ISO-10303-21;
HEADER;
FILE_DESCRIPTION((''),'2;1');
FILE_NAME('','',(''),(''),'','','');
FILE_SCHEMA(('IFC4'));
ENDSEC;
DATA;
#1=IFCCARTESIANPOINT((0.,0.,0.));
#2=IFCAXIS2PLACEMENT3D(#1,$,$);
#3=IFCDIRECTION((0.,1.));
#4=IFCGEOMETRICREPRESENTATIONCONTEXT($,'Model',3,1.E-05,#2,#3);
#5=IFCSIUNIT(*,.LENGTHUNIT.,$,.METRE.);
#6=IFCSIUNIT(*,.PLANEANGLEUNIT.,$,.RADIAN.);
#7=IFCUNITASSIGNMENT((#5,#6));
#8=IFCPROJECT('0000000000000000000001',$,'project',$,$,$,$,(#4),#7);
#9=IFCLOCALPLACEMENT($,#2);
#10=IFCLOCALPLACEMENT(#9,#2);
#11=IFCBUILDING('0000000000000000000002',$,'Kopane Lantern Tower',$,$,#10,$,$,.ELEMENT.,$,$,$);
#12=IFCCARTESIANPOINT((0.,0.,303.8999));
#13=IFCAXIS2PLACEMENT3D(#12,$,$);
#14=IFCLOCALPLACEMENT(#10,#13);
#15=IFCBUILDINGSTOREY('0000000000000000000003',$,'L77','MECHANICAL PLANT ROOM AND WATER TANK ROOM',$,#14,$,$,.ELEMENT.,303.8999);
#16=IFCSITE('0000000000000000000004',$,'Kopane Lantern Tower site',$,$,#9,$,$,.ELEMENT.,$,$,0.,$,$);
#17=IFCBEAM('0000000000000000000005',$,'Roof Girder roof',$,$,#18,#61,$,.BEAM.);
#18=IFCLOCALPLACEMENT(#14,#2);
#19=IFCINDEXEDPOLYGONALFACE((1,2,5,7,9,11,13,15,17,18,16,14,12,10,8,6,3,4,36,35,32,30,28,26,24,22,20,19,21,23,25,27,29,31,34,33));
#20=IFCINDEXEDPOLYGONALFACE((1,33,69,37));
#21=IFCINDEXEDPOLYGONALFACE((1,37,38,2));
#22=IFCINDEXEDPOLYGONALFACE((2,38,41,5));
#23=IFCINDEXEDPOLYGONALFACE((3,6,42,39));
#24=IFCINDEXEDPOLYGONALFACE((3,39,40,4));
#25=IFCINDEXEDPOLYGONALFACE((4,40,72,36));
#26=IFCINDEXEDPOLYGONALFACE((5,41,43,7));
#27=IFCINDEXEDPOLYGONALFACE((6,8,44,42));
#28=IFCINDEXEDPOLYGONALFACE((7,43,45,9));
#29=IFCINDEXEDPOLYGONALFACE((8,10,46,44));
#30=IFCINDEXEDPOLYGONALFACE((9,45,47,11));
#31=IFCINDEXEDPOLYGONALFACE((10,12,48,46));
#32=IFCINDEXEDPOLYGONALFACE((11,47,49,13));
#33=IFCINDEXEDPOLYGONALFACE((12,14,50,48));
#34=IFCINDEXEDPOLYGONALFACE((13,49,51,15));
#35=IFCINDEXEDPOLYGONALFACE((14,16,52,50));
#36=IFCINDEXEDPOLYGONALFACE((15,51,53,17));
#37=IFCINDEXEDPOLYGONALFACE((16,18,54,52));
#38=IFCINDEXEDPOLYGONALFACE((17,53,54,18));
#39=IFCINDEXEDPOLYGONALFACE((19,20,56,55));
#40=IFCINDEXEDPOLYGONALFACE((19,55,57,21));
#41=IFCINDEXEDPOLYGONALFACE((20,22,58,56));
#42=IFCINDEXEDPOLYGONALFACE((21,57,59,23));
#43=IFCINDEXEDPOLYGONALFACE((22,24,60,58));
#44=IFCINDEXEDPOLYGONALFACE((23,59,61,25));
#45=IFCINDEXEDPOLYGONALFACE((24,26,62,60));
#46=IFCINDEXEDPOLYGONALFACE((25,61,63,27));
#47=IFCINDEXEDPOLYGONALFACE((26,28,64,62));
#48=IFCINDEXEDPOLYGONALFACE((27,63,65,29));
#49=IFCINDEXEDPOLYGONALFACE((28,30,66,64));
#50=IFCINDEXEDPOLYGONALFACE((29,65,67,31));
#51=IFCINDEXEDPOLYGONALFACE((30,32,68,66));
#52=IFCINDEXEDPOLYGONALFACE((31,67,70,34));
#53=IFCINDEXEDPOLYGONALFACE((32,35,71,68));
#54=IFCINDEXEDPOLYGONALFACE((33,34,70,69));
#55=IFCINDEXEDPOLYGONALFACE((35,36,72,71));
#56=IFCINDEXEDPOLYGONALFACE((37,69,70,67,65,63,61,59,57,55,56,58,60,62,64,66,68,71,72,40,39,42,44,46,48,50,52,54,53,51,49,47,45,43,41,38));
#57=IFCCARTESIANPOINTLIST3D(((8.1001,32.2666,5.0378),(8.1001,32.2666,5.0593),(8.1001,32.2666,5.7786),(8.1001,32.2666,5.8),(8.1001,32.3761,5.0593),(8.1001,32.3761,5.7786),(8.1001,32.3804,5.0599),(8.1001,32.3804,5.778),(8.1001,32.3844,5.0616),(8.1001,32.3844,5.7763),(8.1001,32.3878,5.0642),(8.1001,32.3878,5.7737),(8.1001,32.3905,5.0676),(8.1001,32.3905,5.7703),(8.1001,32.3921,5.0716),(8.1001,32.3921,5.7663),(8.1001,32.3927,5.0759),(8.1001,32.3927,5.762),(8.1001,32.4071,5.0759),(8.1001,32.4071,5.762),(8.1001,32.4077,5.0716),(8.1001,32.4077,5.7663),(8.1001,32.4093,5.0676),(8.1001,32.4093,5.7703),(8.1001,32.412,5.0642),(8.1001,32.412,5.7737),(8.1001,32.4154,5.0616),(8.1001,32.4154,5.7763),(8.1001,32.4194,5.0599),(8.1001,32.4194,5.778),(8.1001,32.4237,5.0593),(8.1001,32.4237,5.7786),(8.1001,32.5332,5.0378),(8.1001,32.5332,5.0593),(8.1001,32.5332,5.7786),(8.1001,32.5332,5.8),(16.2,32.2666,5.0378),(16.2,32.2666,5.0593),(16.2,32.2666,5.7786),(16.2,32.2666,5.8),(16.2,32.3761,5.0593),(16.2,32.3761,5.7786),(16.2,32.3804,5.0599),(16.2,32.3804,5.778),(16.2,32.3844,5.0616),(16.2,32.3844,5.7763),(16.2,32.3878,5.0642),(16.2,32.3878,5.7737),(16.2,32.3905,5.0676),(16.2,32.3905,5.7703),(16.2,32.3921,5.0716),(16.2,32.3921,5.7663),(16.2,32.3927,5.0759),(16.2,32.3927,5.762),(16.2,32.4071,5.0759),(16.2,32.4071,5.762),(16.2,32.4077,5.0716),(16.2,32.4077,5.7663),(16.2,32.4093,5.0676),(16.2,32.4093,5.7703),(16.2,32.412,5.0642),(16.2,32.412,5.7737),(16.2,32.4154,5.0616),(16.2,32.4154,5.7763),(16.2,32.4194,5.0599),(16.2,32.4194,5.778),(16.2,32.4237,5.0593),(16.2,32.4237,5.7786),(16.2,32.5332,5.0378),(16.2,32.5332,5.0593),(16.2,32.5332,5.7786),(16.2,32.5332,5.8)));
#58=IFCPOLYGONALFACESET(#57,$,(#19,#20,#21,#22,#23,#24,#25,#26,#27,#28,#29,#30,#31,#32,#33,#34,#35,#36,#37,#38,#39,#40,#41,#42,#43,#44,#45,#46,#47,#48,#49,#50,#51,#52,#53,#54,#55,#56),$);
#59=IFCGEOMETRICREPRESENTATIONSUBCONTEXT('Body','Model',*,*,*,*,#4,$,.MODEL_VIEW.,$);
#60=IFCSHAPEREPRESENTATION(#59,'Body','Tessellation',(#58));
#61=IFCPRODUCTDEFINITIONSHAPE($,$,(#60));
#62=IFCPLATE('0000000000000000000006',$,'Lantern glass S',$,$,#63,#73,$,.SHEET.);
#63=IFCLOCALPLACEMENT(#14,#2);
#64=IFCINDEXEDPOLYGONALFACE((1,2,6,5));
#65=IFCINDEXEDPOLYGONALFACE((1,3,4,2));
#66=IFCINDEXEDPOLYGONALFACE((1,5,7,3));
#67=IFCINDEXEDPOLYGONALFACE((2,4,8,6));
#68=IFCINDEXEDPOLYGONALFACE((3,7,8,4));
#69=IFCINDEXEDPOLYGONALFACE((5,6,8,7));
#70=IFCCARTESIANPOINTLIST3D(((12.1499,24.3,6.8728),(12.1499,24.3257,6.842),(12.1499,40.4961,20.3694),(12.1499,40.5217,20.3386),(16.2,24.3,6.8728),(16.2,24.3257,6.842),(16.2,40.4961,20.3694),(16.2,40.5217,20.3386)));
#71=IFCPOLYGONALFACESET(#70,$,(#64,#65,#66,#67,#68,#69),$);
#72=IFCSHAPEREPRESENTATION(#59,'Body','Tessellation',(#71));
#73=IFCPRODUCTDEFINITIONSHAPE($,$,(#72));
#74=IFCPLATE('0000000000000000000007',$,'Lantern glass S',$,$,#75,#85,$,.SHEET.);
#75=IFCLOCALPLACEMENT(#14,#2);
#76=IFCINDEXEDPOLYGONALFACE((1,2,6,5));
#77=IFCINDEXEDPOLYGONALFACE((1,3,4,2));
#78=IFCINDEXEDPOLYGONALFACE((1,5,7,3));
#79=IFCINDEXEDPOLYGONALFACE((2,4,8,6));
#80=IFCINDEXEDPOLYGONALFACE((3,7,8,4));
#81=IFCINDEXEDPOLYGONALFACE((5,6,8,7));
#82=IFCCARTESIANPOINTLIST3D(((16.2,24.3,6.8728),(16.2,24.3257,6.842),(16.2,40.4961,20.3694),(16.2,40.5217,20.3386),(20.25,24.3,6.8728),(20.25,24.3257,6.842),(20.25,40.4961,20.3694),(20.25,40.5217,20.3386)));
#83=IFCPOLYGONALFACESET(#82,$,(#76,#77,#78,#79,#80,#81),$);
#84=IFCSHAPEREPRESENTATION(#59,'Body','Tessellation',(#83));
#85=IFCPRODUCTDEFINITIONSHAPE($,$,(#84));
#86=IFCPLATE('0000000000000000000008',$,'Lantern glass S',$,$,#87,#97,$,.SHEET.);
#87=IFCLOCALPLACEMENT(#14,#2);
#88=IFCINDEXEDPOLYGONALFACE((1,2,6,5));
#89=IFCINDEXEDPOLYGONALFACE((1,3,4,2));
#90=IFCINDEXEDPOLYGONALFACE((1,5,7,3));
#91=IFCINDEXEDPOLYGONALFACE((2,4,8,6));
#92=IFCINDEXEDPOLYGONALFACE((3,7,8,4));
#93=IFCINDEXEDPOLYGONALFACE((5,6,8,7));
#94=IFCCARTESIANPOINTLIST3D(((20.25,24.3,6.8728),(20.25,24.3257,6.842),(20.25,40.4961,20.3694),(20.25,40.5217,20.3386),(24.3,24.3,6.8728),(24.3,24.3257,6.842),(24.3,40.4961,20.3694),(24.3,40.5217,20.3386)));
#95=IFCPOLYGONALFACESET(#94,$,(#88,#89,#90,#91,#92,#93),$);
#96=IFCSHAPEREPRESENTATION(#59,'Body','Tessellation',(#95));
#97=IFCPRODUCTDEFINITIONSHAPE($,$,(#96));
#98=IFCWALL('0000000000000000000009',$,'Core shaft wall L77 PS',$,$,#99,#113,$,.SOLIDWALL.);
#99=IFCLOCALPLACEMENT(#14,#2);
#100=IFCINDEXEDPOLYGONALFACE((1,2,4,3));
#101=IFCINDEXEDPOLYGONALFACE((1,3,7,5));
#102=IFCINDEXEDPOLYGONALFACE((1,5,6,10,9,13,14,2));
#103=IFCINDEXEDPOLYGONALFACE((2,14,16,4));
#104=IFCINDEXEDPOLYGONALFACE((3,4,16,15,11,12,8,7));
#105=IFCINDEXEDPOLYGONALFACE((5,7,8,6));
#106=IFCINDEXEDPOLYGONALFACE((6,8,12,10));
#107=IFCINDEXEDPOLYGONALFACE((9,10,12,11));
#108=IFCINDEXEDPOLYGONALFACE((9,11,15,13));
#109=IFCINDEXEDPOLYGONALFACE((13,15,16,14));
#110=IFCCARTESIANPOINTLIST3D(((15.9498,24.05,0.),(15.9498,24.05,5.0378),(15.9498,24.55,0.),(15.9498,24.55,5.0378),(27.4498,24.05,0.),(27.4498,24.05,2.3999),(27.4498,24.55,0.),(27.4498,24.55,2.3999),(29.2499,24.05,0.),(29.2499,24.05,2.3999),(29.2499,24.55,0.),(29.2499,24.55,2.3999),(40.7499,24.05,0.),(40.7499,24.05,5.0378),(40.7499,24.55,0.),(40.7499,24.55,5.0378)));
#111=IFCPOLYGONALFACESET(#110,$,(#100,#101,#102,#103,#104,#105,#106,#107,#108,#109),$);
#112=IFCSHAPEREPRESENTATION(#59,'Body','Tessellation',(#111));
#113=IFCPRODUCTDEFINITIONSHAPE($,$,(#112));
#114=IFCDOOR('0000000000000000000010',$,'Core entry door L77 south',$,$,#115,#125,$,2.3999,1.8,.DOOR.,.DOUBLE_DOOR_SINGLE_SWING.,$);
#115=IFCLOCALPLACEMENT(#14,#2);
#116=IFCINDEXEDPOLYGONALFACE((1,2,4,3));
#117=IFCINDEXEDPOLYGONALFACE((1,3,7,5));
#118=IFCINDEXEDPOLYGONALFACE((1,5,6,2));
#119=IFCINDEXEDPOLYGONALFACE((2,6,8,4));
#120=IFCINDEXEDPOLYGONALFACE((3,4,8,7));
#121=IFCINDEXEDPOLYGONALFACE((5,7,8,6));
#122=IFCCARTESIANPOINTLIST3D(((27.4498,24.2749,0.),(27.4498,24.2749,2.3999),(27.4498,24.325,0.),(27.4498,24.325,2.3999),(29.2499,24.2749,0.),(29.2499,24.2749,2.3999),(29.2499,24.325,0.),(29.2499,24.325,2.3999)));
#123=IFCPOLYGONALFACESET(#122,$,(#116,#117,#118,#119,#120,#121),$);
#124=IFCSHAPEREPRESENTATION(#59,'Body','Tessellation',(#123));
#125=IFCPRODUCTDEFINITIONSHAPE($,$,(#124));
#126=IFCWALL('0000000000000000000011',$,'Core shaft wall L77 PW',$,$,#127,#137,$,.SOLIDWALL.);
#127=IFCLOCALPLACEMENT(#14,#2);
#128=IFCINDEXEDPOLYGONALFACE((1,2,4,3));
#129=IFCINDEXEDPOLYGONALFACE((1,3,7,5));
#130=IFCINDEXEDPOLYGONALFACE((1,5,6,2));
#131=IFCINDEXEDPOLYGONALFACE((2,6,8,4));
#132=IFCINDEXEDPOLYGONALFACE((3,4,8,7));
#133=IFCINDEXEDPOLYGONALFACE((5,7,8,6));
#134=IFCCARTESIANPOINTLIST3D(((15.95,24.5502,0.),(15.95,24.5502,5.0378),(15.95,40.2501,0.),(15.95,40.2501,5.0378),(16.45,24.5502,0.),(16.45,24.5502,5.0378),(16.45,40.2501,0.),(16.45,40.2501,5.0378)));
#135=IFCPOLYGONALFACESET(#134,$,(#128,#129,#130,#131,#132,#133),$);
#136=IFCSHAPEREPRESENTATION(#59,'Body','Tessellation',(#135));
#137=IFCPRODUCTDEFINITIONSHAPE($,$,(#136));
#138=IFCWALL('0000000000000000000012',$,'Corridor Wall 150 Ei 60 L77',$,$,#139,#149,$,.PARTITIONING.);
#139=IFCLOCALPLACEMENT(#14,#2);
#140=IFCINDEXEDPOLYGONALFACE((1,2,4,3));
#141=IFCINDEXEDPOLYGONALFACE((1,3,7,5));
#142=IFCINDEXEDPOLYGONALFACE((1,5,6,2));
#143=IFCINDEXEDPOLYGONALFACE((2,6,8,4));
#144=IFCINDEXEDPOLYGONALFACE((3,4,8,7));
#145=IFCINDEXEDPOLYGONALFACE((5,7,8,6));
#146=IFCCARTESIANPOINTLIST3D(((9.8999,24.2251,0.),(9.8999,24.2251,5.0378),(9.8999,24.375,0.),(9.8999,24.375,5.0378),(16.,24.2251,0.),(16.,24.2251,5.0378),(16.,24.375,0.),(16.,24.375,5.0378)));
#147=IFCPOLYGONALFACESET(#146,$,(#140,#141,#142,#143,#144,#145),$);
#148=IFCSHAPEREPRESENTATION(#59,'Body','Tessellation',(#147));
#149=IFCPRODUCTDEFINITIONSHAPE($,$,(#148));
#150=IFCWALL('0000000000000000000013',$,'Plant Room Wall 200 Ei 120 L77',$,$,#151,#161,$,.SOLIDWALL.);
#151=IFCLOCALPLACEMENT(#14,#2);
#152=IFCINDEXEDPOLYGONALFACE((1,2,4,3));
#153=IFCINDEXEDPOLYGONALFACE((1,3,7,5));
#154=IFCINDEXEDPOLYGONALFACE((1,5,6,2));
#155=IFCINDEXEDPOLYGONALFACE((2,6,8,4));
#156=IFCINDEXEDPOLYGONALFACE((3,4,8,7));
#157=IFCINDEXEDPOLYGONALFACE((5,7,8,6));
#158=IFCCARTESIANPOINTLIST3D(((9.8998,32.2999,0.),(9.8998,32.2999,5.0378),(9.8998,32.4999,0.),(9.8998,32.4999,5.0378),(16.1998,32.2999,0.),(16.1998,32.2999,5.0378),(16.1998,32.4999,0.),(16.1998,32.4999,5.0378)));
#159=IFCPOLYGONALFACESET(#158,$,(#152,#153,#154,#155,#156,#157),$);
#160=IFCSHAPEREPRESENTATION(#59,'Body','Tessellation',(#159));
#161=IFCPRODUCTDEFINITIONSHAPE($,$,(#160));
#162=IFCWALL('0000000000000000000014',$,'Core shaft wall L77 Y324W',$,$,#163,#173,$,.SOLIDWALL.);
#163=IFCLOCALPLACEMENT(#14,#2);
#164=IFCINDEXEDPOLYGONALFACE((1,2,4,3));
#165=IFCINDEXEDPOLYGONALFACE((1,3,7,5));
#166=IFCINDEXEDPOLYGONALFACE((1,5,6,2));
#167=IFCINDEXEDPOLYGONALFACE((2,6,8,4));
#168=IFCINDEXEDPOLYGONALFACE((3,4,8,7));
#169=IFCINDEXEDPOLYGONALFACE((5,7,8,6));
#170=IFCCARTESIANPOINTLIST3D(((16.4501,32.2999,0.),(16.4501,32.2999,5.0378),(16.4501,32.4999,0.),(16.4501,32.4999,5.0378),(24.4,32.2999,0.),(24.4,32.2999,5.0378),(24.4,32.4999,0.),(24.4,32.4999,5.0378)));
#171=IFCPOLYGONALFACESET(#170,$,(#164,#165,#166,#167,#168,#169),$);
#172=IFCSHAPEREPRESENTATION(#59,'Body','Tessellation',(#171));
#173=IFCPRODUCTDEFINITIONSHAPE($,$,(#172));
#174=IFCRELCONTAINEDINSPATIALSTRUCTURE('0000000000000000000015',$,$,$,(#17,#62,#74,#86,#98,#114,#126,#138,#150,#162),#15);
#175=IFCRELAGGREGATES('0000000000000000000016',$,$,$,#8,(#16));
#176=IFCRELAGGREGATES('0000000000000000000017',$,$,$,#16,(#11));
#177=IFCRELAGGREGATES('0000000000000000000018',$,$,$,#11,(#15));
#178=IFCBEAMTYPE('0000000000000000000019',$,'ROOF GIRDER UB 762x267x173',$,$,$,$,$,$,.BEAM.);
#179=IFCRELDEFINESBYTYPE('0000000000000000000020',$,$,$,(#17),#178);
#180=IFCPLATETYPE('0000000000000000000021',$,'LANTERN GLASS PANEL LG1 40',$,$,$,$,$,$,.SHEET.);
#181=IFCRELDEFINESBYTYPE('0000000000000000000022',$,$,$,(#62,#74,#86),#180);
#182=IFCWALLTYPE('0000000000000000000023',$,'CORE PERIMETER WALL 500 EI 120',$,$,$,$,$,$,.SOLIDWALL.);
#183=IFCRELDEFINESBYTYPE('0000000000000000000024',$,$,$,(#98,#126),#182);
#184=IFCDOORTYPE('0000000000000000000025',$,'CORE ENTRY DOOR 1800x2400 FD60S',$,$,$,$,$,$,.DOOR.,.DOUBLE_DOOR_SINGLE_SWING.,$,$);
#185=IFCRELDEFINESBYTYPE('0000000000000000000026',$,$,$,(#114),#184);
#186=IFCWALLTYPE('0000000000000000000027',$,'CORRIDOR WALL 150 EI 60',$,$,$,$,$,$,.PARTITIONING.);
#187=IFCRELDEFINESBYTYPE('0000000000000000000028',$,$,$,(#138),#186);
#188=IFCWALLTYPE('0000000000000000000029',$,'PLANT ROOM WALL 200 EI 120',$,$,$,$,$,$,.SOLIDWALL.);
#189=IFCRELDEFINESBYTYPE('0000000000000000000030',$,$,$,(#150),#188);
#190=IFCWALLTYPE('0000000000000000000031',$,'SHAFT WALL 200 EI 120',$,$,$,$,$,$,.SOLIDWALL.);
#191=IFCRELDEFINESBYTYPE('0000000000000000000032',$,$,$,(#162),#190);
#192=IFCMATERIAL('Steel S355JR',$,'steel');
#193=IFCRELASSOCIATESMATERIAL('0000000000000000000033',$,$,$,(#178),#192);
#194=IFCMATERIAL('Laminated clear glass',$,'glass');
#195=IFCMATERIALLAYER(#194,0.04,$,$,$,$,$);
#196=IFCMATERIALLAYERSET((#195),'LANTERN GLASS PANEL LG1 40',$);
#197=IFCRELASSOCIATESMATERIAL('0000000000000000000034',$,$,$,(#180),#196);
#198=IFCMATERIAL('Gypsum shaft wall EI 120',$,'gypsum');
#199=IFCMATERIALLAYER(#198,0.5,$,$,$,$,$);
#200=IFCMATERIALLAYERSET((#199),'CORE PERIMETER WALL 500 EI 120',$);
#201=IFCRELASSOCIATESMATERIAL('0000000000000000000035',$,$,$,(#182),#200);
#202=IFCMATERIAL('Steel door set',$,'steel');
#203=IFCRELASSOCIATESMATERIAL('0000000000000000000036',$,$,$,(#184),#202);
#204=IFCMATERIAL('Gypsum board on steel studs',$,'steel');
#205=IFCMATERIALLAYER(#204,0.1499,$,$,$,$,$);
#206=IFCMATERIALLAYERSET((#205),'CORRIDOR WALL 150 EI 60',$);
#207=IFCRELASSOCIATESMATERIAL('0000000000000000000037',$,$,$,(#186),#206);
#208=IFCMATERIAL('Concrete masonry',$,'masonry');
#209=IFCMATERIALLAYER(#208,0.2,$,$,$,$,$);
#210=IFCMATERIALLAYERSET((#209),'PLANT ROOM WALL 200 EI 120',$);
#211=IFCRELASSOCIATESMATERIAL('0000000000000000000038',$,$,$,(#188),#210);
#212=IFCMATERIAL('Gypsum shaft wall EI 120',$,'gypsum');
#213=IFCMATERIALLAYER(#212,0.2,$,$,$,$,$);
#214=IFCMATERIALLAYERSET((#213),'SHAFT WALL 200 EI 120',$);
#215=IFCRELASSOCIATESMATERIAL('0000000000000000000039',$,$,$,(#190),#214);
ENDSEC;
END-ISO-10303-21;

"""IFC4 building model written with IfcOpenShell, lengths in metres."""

from ifc_helpers import new_model, si_unit, direction, frame, frame_2d, origin, origin_2d, place, context, subcontext, project, spatial, polyline, rectangle, i_section, outline, extrude, material, layer, layer_set, material_profile, profile_set, type_object, element, fill, save


model = new_model("IFC4")

# Units and contexts
model_context = context("Model", 3, precision=1e-05, world=origin(), true_north=direction((0.0, 1.0)))
body_context = subcontext(model_context, "Body", "Model", "MODEL_VIEW")
ifc_project = project(units=[si_unit("LENGTHUNIT", "METRE"), si_unit("PLANEANGLEUNIT", "RADIAN")], contexts=[model_context])

# Site, building, storey
site_placement = place(None, origin())
site = spatial("IfcSite", under=ifc_project, at=site_placement, Name="Kopane Lantern Tower site", CompositionType="ELEMENT", RefElevation=0.0)
building_placement = place(site_placement, origin())
building = spatial("IfcBuilding", under=site, at=building_placement, Name="Kopane Lantern Tower", CompositionType="ELEMENT")
storey_placement = place(building_placement, frame((0.0, 0.0, 303.8999)))
storey = spatial("IfcBuildingStorey", under=building, at=storey_placement, Name="L77", Description="MECHANICAL PLANT ROOM AND WATER TANK ROOM", CompositionType="ELEMENT", Elevation=303.8999)

# Beam
ifc_material_1 = material(Name="Steel S355JR", Category="steel")
ifc_material_profile_1 = material_profile(ifc_material_1, i_section(OverallWidth=0.2666, OverallDepth=0.7622, WebThickness=0.0144, FlangeThickness=0.0215, FilletRadius=0.0166, at=origin_2d()), Name="UB 762x267x173")
ifc_profile_set_1 = profile_set([ifc_material_profile_1], Name="Steel S355JR")
beam_type_1 = type_object("IfcBeamType", Name="ROOF GIRDER UB 762x267x173", PredefinedType="BEAM", material=ifc_profile_set_1)
beam_1_placement = place(storey_placement, frame((8.1001, 32.3999, 5.4189), z_axis=(1.0, 0.0, 0.0), x_axis=(0.0, 1.0, 0.0)))
element("IfcBeam", 1, at=beam_1_placement, inside=storey, type_object=beam_type_1, Name="Roof Girder roof", PredefinedType="BEAM", context=body_context, shape_type="SweptSolid", body=[
    extrude(i_section(OverallWidth=0.2666, OverallDepth=0.7622, WebThickness=0.0144, FlangeThickness=0.0215, FilletRadius=0.0166, at=origin_2d()), origin(), (0.0, 0.0, 1.0), 8.0999),
])

# Plates
ifc_material_2 = material(Name="Laminated clear glass", Category="glass")
ifc_layer_1 = layer(ifc_material_2, 0.04)
ifc_layer_set_1 = layer_set([ifc_layer_1], Name="LANTERN GLASS PANEL LG1 40")
plate_type = type_object("IfcPlateType", Name="LANTERN GLASS PANEL LG1 40", PredefinedType="SHEET", material=ifc_layer_set_1)
for number, where, z_axis, x_axis, name in (
    (2, (12.1499, 24.3, 6.8728), (0.0, -0.640181, 0.768224), (1.0, 0.0, 0.0), "Lantern glass S"),
    (3, (16.2, 24.3, 6.8728), (0.0, -0.640181, 0.768224), (1.0, 0.0, 0.0), "Lantern glass S"),
    (4, (20.25, 24.3, 6.8728), (0.0, -0.640181, 0.768224), (1.0, 0.0, 0.0), "Lantern glass S"),
):
    element("IfcPlate", number, at=place(storey_placement, frame(where, z_axis=z_axis, x_axis=x_axis)), inside=storey, type_object=plate_type, Name=name, PredefinedType="SHEET", context=body_context, shape_type="SweptSolid", body=[
        extrude(outline(polyline([(0.0, 0.0), (4.05, 0.0), (4.05, 21.0824), (0.0, 21.0824), (0.0, 0.0)])), origin(), (0.0, 0.0, -1.0), 0.04),
    ])

# Wall, opening, door
ifc_material_3 = material(Name="Gypsum shaft wall EI 120", Category="gypsum")
ifc_layer_2 = layer(ifc_material_3, 0.5)
ifc_layer_set_2 = layer_set([ifc_layer_2], Name="CORE PERIMETER WALL 500 EI 120")
wall_type_1 = type_object("IfcWallType", Name="CORE PERIMETER WALL 500 EI 120", PredefinedType="SOLIDWALL", material=ifc_layer_set_2)
wall_1_placement = place(storey_placement, frame((15.95, 24.3, 0.0), z_axis=(0.0, 0.0, 1.0), x_axis=(1.0, 0.0, 0.0)))
wall_1 = element("IfcWall", 5, at=wall_1_placement, inside=storey, type_object=wall_type_1, Name="Core shaft wall L77 PS", PredefinedType="SOLIDWALL", context=body_context, shape_type="SweptSolid", body=[
    extrude(rectangle(XDim=24.8, YDim=0.5, at=frame_2d((12.3999, 0.0))), origin(), (0.0, 0.0, 1.0), 5.0378),
])
opening_placement = place(wall_1_placement, frame((11.5, 0.0, 0.0)))
opening = element("IfcOpeningElement", 6, at=opening_placement, cuts=wall_1, PredefinedType="OPENING", context=body_context, shape_type="SweptSolid", body=[
    extrude(rectangle(XDim=1.8, YDim=2.3999, at=frame_2d((0.8999, 1.2))), frame((0.0, 0.26, 0.0), z_axis=(0.0, -1.0, 0.0), x_axis=(1.0, 0.0, 0.0)), (0.0, 0.0, 1.0), 0.52),
])
ifc_material_4 = material(Name="Steel door set", Category="steel")
door_type = type_object("IfcDoorType", Name="CORE ENTRY DOOR 1800x2400 FD60S", OperationType="DOUBLE_DOOR_SINGLE_SWING", PredefinedType="DOOR", material=ifc_material_4)
door_placement = place(opening_placement, origin())
door = element("IfcDoor", 7, at=door_placement, inside=storey, type_object=door_type, Name="Core entry door L77 south", OperationType="DOUBLE_DOOR_SINGLE_SWING", OverallHeight=2.3999, OverallWidth=1.8, PredefinedType="DOOR", context=body_context, shape_type="SweptSolid", body=[
    extrude(rectangle(XDim=1.8, YDim=2.3999, at=frame_2d((0.8999, 1.2))), frame((0.0, 0.0249, 0.0), z_axis=(0.0, -1.0, 0.0), x_axis=(1.0, 0.0, 0.0)), (0.0, 0.0, 1.0), 0.05),
])
fill(opening, door)

# Walls
wall_2_placement = place(storey_placement, frame((16.2, 24.55, 0.0), z_axis=(0.0, 0.0, 1.0), x_axis=(0.0, 1.0, 0.0)))
element("IfcWall", 8, at=wall_2_placement, inside=storey, type_object=wall_type_1, Name="Core shaft wall L77 PW", PredefinedType="SOLIDWALL", context=body_context, shape_type="SweptSolid", body=[
    extrude(rectangle(XDim=15.7, YDim=0.5, at=frame_2d((7.8501, 0.0))), origin(), (0.0, 0.0, 1.0), 5.0378),
])
ifc_material_5 = material(Name="Gypsum board on steel studs", Category="steel")
ifc_layer_3 = layer(ifc_material_5, 0.1499)
ifc_layer_set_3 = layer_set([ifc_layer_3], Name="CORRIDOR WALL 150 EI 60")
wall_type_2 = type_object("IfcWallType", Name="CORRIDOR WALL 150 EI 60", PredefinedType="PARTITIONING", material=ifc_layer_set_3)
wall_3_placement = place(storey_placement, frame((9.8999, 24.3, 0.0), z_axis=(0.0, 0.0, 1.0), x_axis=(1.0, 0.0, 0.0)))
element("IfcWall", 9, at=wall_3_placement, inside=storey, type_object=wall_type_2, Name="Corridor Wall 150 Ei 60 L77", PredefinedType="PARTITIONING", context=body_context, shape_type="SweptSolid", body=[
    extrude(rectangle(XDim=6.1001, YDim=0.1499, at=frame_2d((3.05, 0.0))), origin(), (0.0, 0.0, 1.0), 5.0378),
])
ifc_material_6 = material(Name="Concrete masonry", Category="masonry")
ifc_layer_4 = layer(ifc_material_6, 0.2)
ifc_layer_set_4 = layer_set([ifc_layer_4], Name="PLANT ROOM WALL 200 EI 120")
wall_type_3 = type_object("IfcWallType", Name="PLANT ROOM WALL 200 EI 120", PredefinedType="SOLIDWALL", material=ifc_layer_set_4)
wall_4_placement = place(storey_placement, frame((9.8999, 32.3999, 0.0), z_axis=(0.0, 0.0, 1.0), x_axis=(1.0, 0.0, 0.0)))
element("IfcWall", 10, at=wall_4_placement, inside=storey, type_object=wall_type_3, Name="Plant Room Wall 200 Ei 120 L77", PredefinedType="SOLIDWALL", context=body_context, shape_type="SweptSolid", body=[
    extrude(rectangle(XDim=6.3, YDim=0.2, at=frame_2d((3.1499, 0.0))), origin(), (0.0, 0.0, 1.0), 5.0378),
])
ifc_material_7 = material(Name="Gypsum shaft wall EI 120", Category="gypsum")
ifc_layer_5 = layer(ifc_material_7, 0.2)
ifc_layer_set_5 = layer_set([ifc_layer_5], Name="SHAFT WALL 200 EI 120")
wall_type_4 = type_object("IfcWallType", Name="SHAFT WALL 200 EI 120", PredefinedType="SOLIDWALL", material=ifc_layer_set_5)
wall_5_placement = place(storey_placement, frame((16.45, 32.3999, 0.0), z_axis=(0.0, 0.0, 1.0), x_axis=(1.0, 0.0, 0.0)))
element("IfcWall", 11, at=wall_5_placement, inside=storey, type_object=wall_type_4, Name="Core shaft wall L77 Y324W", PredefinedType="SOLIDWALL", context=body_context, shape_type="SweptSolid", body=[
    extrude(rectangle(XDim=7.95, YDim=0.2, at=frame_2d((3.9751, 0.0))), origin(), (0.0, 0.0, 1.0), 5.0378),
])

save(model, "model.ifc")
